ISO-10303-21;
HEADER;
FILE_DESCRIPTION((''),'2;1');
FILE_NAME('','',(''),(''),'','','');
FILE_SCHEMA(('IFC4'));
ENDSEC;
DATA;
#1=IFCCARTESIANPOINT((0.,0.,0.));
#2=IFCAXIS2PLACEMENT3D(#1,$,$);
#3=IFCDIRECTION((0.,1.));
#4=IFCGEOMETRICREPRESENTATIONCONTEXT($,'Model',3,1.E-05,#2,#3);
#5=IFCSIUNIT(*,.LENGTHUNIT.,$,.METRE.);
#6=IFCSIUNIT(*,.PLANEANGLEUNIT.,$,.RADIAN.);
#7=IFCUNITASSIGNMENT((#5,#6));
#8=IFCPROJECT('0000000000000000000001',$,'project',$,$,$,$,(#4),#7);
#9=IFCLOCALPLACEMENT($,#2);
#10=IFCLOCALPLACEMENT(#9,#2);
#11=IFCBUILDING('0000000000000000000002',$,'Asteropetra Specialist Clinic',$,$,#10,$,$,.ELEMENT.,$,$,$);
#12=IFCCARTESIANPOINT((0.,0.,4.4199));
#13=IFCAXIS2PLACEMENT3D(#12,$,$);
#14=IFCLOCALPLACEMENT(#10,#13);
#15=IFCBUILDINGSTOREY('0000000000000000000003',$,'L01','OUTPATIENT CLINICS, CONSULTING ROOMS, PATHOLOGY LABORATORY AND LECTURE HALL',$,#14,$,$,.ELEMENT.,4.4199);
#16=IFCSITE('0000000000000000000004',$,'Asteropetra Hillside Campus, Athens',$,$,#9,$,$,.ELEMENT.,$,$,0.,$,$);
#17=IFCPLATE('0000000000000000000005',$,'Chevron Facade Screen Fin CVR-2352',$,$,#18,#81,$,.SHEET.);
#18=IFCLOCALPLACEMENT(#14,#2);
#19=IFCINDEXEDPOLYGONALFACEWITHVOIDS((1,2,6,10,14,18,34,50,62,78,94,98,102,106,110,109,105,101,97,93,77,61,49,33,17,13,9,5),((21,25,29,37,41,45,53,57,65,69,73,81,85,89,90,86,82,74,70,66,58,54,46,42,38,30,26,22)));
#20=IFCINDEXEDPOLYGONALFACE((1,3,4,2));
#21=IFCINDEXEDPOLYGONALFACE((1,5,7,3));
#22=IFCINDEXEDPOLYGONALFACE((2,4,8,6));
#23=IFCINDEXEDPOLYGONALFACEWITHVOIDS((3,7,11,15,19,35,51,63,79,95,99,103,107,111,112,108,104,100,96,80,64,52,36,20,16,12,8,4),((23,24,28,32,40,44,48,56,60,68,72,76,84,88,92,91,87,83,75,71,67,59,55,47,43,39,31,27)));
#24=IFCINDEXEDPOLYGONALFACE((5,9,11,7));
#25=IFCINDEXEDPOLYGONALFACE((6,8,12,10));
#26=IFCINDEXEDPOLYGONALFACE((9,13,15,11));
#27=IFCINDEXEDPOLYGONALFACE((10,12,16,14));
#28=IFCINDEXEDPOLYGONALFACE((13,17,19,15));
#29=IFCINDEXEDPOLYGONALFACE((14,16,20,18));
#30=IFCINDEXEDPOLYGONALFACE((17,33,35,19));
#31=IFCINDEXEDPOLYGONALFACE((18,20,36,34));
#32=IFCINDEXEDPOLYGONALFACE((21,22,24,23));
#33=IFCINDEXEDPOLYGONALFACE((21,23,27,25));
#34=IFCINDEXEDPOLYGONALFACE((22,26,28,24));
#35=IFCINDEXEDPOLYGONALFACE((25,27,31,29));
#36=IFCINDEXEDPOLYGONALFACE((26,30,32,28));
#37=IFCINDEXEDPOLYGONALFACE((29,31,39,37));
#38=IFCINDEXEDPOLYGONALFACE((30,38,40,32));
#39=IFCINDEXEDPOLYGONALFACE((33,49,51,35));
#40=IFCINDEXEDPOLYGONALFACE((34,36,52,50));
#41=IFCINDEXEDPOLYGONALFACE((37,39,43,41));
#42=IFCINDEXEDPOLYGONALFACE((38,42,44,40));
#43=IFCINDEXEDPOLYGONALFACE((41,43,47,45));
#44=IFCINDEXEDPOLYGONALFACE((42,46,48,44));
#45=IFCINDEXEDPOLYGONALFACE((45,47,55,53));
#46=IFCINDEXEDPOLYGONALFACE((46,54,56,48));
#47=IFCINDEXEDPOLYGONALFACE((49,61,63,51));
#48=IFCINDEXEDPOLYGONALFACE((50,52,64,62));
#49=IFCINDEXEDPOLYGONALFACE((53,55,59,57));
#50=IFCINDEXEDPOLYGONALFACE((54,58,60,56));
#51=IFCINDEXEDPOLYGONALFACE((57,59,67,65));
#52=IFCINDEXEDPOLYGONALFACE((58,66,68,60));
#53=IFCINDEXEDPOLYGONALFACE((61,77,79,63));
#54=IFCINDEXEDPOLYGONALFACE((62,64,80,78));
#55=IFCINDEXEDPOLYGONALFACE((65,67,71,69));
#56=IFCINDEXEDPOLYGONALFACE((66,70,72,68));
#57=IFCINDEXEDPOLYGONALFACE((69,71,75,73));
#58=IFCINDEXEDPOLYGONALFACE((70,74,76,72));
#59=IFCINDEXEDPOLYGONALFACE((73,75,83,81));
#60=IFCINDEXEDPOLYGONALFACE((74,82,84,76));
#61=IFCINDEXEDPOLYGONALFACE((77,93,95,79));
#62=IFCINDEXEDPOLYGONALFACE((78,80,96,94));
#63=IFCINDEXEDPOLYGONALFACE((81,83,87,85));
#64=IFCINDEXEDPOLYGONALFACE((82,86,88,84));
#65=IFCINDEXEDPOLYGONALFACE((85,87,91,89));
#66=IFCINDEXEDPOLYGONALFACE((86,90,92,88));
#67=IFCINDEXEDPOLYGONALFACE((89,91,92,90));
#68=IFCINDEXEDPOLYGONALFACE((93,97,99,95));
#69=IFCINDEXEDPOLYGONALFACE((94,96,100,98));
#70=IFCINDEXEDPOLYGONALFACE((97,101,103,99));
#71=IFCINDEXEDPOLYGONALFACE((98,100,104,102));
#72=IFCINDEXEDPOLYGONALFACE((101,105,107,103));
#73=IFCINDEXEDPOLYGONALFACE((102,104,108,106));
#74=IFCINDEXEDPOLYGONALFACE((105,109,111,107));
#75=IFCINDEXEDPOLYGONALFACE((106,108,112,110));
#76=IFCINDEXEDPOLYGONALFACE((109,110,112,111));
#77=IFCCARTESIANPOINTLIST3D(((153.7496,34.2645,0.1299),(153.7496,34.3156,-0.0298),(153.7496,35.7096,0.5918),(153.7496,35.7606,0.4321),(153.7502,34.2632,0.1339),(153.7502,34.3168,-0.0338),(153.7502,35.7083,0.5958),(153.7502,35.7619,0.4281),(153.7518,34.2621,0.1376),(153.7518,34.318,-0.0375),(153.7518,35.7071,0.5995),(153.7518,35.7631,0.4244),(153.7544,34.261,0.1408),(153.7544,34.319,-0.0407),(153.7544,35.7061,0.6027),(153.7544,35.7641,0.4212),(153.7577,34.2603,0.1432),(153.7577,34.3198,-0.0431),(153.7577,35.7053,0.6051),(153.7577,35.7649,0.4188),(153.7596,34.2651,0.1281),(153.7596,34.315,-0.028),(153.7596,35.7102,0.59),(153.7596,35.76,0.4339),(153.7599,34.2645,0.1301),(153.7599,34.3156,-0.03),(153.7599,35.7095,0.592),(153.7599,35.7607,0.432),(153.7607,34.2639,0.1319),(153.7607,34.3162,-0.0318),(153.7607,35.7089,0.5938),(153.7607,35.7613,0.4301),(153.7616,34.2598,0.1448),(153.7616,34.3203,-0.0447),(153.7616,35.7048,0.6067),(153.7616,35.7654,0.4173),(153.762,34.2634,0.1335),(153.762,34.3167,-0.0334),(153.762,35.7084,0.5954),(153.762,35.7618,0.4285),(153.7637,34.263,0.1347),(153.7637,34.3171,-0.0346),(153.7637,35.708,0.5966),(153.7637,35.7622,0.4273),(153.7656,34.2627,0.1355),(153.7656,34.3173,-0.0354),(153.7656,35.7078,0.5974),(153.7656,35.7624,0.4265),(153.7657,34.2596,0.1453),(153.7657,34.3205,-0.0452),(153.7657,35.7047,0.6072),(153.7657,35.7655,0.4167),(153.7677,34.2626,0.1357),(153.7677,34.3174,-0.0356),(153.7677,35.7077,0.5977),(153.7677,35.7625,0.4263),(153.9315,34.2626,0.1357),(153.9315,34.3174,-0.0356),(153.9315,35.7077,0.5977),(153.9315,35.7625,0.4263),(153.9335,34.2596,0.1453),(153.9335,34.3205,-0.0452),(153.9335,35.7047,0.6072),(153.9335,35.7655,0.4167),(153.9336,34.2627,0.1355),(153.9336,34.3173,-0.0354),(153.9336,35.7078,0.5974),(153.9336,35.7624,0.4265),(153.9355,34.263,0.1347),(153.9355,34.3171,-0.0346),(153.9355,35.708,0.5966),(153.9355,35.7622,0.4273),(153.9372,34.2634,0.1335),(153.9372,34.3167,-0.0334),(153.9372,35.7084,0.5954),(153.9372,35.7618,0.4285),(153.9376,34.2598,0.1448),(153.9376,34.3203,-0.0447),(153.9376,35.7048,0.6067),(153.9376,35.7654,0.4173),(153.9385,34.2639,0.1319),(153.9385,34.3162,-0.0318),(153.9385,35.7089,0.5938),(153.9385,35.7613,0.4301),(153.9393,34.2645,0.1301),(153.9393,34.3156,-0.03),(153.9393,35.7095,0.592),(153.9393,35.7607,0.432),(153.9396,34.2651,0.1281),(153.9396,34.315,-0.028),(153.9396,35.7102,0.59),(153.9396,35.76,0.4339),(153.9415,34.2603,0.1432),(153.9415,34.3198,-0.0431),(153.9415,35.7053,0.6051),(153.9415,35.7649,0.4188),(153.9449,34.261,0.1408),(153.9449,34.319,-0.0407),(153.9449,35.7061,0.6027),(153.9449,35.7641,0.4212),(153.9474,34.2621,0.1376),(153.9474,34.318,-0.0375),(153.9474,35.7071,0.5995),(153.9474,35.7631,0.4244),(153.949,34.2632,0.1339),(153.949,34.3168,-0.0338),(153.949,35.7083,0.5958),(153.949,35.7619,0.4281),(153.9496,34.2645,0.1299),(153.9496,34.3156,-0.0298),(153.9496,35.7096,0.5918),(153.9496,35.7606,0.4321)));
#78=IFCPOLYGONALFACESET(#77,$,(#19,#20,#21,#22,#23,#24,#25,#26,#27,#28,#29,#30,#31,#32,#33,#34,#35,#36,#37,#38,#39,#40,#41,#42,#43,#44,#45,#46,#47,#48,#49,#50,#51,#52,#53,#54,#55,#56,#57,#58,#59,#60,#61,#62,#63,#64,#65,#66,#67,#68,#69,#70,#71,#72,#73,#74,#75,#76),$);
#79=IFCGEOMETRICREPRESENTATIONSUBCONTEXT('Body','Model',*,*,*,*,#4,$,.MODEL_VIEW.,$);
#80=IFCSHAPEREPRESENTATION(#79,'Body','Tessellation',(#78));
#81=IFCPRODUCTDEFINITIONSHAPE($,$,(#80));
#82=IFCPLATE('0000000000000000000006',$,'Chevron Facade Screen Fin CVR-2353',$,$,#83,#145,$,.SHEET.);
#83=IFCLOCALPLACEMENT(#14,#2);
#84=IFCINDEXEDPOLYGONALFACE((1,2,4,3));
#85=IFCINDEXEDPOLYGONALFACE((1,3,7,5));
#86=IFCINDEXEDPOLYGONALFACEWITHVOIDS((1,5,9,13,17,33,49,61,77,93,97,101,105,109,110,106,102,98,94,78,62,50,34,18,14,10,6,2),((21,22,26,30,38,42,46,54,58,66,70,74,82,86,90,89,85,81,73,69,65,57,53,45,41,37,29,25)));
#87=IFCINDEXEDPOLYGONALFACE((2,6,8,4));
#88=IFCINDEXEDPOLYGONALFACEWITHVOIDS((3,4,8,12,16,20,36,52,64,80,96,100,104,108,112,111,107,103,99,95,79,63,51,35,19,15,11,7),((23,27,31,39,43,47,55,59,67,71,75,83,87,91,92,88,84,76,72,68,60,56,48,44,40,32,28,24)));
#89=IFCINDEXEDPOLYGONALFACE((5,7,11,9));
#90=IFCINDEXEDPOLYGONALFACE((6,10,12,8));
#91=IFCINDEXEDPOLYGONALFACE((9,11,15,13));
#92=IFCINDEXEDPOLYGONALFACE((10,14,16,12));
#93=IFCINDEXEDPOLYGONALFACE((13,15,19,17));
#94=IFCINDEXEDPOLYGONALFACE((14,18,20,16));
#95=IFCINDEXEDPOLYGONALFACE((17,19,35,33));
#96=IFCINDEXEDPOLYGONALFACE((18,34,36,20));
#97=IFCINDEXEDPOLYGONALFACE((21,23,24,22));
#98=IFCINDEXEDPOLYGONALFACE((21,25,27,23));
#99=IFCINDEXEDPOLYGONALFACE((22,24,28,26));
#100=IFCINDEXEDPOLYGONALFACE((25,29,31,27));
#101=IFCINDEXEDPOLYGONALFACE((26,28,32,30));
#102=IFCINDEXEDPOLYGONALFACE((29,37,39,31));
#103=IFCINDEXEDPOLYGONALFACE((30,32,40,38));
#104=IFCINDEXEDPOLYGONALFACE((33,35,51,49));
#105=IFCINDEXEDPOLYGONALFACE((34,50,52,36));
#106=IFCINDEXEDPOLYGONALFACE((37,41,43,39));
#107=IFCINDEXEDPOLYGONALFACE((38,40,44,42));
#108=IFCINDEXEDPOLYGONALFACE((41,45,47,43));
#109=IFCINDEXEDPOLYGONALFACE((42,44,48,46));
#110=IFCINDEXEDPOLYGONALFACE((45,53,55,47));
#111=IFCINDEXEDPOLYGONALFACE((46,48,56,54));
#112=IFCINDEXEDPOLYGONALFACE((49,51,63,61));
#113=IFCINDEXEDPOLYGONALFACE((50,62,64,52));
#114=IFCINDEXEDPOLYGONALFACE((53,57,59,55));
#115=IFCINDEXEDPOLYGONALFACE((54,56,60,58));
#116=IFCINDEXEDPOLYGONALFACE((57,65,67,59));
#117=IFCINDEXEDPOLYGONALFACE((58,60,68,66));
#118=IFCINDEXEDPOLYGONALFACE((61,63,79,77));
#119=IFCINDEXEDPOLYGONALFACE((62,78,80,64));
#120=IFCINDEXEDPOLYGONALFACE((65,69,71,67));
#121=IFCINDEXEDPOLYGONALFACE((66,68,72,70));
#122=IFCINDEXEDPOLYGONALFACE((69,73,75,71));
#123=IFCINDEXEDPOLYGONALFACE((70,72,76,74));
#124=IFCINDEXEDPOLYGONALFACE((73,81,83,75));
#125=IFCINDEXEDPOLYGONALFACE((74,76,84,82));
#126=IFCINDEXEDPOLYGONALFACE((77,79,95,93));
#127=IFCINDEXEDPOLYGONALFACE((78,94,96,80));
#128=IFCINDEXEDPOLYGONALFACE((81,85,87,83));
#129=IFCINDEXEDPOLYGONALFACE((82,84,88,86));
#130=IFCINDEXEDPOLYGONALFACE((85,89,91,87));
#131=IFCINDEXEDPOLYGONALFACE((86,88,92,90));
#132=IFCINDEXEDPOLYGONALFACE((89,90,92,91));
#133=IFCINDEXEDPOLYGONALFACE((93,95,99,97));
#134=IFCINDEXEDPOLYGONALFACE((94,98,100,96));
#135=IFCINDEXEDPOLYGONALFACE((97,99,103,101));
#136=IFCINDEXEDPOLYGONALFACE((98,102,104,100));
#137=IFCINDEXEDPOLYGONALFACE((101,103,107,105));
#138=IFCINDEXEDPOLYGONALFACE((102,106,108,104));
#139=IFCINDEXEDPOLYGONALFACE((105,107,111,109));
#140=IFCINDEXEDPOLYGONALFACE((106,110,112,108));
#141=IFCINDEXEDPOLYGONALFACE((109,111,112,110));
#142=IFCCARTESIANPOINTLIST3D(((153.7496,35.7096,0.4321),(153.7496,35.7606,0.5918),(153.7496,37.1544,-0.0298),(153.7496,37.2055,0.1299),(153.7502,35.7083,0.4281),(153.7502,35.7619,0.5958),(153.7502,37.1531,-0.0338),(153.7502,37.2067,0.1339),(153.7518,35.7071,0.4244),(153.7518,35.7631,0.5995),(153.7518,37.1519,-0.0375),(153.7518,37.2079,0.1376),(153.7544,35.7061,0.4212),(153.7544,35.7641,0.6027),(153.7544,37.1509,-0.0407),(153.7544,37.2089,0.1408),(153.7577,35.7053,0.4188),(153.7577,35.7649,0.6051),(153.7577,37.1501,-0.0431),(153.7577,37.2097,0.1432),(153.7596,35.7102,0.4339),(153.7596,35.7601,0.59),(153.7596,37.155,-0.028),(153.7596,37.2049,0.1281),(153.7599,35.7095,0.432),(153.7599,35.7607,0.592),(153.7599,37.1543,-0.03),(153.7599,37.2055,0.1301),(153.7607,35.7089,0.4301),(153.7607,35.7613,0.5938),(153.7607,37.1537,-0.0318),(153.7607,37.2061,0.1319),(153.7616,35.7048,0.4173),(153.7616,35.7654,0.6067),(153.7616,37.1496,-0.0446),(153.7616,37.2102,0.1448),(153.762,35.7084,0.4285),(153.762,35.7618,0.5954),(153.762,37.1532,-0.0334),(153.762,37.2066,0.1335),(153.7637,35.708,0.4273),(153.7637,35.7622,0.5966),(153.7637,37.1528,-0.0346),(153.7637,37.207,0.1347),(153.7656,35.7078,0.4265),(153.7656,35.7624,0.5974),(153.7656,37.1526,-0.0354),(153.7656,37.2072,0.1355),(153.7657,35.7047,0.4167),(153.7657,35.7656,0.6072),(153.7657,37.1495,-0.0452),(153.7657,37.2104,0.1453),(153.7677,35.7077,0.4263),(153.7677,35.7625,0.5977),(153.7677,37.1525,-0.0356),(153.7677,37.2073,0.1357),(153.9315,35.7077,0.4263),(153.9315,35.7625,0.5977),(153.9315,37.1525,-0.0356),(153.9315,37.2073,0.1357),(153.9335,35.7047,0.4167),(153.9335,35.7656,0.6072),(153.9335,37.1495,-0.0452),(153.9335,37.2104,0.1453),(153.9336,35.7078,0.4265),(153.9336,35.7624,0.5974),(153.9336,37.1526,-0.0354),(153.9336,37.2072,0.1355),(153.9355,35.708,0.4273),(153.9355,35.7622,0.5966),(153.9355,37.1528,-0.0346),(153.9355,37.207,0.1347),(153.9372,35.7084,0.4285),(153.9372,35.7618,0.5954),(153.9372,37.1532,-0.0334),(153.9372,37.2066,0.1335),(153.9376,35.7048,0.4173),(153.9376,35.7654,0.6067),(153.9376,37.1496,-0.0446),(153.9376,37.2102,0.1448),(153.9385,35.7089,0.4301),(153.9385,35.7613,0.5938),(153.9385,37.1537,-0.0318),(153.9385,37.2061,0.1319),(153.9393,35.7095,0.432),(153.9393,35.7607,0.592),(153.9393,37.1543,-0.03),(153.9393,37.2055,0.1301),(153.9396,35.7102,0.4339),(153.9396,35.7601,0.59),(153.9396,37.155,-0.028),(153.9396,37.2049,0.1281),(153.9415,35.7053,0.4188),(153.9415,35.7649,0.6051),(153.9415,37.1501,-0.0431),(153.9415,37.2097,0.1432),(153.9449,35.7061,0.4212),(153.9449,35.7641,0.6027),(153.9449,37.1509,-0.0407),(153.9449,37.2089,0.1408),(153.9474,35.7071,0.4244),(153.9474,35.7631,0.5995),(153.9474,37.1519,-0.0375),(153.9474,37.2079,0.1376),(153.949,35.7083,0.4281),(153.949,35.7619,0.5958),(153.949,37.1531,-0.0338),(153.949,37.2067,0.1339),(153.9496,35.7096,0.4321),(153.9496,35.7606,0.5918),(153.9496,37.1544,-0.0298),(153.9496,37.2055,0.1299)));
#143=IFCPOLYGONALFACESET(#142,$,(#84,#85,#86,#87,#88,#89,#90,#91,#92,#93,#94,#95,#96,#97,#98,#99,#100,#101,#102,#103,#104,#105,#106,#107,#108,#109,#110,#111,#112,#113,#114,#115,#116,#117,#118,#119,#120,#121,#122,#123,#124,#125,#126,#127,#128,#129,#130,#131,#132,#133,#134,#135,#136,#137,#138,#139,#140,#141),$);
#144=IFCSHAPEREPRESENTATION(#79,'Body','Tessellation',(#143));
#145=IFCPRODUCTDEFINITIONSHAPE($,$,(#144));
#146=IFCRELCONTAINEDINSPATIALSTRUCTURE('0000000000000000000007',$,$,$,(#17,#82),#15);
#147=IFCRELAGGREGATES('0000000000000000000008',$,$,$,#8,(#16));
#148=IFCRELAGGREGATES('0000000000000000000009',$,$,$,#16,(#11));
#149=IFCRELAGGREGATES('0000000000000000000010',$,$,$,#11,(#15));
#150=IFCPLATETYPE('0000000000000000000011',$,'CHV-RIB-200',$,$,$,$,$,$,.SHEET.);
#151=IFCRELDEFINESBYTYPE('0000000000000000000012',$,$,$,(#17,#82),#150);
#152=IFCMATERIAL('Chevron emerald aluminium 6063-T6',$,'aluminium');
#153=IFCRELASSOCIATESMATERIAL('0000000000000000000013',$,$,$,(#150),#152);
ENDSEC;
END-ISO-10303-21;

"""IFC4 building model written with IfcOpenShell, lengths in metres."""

from ifc_helpers import new_model, si_unit, direction, frame, origin, origin_2d, place, context, subcontext, project, spatial, hollow_rectangle, extrude, material, material_profile, profile_set, type_object, element, save


model = new_model("IFC4")

# Units and contexts
model_context = context("Model", 3, precision=1e-05, world=origin(), true_north=direction((0.0, 1.0)))
body_context = subcontext(model_context, "Body", "Model", "MODEL_VIEW")
ifc_project = project(units=[si_unit("LENGTHUNIT", "METRE"), si_unit("PLANEANGLEUNIT", "RADIAN")], contexts=[model_context])

# Site, building, storey
site_placement = place(None, origin())
site = spatial("IfcSite", under=ifc_project, at=site_placement, Name="Asteropetra Hillside Campus, Athens", CompositionType="ELEMENT", RefElevation=0.0)
building_placement = place(site_placement, origin())
building = spatial("IfcBuilding", under=site, at=building_placement, Name="Asteropetra Specialist Clinic", CompositionType="ELEMENT")
storey_placement = place(building_placement, frame((0.0, 0.0, 4.4199)))
storey = spatial("IfcBuildingStorey", under=building, at=storey_placement, Name="L01", Description="OUTPATIENT CLINICS, CONSULTING ROOMS, PATHOLOGY LABORATORY AND LECTURE HALL", CompositionType="ELEMENT", Elevation=4.4199)

# Plates
ifc_material_1 = material(Name="Chevron emerald aluminium 6063-T6", Category="aluminium")
ifc_material_profile = material_profile(ifc_material_1, hollow_rectangle(XDim=0.2, YDim=0.2, WallThickness=0.01, InnerFilletRadius=0.0081, OuterFilletRadius=0.0161, at=origin_2d()), Name="SHS 200x200x10.0")
ifc_profile_set = profile_set([ifc_material_profile], Name="Chevron emerald aluminium 6063-T6")
plate_type = type_object("IfcPlateType", Name="CHV-RIB-200", PredefinedType="SHEET", material=ifc_profile_set)
plate_1_placement = place(storey_placement, frame((153.8496, 34.29, 0.05), z_axis=(0.0, 0.952521, 0.304472), x_axis=(-1.0, 0.0, 0.0)))
element("IfcPlate", 1, at=plate_1_placement, inside=storey, type_object=plate_type, Name="Chevron Facade Screen Fin CVR-2352", PredefinedType="SHEET", context=body_context, shape_type="SweptSolid", body=[
    extrude(hollow_rectangle(XDim=0.2, YDim=0.2, WallThickness=0.01, InnerFilletRadius=0.0081, OuterFilletRadius=0.0161, at=origin_2d()), origin(), (0.0, 0.0, 1.0), 1.5171),
])
plate_2_placement = place(storey_placement, frame((153.8496, 35.7351, 0.512), z_axis=(0.0, 0.952506, -0.304519), x_axis=(-1.0, 0.0, 0.0)))
element("IfcPlate", 2, at=plate_2_placement, inside=storey, type_object=plate_type, Name="Chevron Facade Screen Fin CVR-2353", PredefinedType="SHEET", context=body_context, shape_type="SweptSolid", body=[
    extrude(hollow_rectangle(XDim=0.2, YDim=0.2, WallThickness=0.01, InnerFilletRadius=0.0081, OuterFilletRadius=0.0161, at=origin_2d()), origin(), (0.0, 0.0, 1.0), 1.5168),
])

save(model, "model.ifc")
